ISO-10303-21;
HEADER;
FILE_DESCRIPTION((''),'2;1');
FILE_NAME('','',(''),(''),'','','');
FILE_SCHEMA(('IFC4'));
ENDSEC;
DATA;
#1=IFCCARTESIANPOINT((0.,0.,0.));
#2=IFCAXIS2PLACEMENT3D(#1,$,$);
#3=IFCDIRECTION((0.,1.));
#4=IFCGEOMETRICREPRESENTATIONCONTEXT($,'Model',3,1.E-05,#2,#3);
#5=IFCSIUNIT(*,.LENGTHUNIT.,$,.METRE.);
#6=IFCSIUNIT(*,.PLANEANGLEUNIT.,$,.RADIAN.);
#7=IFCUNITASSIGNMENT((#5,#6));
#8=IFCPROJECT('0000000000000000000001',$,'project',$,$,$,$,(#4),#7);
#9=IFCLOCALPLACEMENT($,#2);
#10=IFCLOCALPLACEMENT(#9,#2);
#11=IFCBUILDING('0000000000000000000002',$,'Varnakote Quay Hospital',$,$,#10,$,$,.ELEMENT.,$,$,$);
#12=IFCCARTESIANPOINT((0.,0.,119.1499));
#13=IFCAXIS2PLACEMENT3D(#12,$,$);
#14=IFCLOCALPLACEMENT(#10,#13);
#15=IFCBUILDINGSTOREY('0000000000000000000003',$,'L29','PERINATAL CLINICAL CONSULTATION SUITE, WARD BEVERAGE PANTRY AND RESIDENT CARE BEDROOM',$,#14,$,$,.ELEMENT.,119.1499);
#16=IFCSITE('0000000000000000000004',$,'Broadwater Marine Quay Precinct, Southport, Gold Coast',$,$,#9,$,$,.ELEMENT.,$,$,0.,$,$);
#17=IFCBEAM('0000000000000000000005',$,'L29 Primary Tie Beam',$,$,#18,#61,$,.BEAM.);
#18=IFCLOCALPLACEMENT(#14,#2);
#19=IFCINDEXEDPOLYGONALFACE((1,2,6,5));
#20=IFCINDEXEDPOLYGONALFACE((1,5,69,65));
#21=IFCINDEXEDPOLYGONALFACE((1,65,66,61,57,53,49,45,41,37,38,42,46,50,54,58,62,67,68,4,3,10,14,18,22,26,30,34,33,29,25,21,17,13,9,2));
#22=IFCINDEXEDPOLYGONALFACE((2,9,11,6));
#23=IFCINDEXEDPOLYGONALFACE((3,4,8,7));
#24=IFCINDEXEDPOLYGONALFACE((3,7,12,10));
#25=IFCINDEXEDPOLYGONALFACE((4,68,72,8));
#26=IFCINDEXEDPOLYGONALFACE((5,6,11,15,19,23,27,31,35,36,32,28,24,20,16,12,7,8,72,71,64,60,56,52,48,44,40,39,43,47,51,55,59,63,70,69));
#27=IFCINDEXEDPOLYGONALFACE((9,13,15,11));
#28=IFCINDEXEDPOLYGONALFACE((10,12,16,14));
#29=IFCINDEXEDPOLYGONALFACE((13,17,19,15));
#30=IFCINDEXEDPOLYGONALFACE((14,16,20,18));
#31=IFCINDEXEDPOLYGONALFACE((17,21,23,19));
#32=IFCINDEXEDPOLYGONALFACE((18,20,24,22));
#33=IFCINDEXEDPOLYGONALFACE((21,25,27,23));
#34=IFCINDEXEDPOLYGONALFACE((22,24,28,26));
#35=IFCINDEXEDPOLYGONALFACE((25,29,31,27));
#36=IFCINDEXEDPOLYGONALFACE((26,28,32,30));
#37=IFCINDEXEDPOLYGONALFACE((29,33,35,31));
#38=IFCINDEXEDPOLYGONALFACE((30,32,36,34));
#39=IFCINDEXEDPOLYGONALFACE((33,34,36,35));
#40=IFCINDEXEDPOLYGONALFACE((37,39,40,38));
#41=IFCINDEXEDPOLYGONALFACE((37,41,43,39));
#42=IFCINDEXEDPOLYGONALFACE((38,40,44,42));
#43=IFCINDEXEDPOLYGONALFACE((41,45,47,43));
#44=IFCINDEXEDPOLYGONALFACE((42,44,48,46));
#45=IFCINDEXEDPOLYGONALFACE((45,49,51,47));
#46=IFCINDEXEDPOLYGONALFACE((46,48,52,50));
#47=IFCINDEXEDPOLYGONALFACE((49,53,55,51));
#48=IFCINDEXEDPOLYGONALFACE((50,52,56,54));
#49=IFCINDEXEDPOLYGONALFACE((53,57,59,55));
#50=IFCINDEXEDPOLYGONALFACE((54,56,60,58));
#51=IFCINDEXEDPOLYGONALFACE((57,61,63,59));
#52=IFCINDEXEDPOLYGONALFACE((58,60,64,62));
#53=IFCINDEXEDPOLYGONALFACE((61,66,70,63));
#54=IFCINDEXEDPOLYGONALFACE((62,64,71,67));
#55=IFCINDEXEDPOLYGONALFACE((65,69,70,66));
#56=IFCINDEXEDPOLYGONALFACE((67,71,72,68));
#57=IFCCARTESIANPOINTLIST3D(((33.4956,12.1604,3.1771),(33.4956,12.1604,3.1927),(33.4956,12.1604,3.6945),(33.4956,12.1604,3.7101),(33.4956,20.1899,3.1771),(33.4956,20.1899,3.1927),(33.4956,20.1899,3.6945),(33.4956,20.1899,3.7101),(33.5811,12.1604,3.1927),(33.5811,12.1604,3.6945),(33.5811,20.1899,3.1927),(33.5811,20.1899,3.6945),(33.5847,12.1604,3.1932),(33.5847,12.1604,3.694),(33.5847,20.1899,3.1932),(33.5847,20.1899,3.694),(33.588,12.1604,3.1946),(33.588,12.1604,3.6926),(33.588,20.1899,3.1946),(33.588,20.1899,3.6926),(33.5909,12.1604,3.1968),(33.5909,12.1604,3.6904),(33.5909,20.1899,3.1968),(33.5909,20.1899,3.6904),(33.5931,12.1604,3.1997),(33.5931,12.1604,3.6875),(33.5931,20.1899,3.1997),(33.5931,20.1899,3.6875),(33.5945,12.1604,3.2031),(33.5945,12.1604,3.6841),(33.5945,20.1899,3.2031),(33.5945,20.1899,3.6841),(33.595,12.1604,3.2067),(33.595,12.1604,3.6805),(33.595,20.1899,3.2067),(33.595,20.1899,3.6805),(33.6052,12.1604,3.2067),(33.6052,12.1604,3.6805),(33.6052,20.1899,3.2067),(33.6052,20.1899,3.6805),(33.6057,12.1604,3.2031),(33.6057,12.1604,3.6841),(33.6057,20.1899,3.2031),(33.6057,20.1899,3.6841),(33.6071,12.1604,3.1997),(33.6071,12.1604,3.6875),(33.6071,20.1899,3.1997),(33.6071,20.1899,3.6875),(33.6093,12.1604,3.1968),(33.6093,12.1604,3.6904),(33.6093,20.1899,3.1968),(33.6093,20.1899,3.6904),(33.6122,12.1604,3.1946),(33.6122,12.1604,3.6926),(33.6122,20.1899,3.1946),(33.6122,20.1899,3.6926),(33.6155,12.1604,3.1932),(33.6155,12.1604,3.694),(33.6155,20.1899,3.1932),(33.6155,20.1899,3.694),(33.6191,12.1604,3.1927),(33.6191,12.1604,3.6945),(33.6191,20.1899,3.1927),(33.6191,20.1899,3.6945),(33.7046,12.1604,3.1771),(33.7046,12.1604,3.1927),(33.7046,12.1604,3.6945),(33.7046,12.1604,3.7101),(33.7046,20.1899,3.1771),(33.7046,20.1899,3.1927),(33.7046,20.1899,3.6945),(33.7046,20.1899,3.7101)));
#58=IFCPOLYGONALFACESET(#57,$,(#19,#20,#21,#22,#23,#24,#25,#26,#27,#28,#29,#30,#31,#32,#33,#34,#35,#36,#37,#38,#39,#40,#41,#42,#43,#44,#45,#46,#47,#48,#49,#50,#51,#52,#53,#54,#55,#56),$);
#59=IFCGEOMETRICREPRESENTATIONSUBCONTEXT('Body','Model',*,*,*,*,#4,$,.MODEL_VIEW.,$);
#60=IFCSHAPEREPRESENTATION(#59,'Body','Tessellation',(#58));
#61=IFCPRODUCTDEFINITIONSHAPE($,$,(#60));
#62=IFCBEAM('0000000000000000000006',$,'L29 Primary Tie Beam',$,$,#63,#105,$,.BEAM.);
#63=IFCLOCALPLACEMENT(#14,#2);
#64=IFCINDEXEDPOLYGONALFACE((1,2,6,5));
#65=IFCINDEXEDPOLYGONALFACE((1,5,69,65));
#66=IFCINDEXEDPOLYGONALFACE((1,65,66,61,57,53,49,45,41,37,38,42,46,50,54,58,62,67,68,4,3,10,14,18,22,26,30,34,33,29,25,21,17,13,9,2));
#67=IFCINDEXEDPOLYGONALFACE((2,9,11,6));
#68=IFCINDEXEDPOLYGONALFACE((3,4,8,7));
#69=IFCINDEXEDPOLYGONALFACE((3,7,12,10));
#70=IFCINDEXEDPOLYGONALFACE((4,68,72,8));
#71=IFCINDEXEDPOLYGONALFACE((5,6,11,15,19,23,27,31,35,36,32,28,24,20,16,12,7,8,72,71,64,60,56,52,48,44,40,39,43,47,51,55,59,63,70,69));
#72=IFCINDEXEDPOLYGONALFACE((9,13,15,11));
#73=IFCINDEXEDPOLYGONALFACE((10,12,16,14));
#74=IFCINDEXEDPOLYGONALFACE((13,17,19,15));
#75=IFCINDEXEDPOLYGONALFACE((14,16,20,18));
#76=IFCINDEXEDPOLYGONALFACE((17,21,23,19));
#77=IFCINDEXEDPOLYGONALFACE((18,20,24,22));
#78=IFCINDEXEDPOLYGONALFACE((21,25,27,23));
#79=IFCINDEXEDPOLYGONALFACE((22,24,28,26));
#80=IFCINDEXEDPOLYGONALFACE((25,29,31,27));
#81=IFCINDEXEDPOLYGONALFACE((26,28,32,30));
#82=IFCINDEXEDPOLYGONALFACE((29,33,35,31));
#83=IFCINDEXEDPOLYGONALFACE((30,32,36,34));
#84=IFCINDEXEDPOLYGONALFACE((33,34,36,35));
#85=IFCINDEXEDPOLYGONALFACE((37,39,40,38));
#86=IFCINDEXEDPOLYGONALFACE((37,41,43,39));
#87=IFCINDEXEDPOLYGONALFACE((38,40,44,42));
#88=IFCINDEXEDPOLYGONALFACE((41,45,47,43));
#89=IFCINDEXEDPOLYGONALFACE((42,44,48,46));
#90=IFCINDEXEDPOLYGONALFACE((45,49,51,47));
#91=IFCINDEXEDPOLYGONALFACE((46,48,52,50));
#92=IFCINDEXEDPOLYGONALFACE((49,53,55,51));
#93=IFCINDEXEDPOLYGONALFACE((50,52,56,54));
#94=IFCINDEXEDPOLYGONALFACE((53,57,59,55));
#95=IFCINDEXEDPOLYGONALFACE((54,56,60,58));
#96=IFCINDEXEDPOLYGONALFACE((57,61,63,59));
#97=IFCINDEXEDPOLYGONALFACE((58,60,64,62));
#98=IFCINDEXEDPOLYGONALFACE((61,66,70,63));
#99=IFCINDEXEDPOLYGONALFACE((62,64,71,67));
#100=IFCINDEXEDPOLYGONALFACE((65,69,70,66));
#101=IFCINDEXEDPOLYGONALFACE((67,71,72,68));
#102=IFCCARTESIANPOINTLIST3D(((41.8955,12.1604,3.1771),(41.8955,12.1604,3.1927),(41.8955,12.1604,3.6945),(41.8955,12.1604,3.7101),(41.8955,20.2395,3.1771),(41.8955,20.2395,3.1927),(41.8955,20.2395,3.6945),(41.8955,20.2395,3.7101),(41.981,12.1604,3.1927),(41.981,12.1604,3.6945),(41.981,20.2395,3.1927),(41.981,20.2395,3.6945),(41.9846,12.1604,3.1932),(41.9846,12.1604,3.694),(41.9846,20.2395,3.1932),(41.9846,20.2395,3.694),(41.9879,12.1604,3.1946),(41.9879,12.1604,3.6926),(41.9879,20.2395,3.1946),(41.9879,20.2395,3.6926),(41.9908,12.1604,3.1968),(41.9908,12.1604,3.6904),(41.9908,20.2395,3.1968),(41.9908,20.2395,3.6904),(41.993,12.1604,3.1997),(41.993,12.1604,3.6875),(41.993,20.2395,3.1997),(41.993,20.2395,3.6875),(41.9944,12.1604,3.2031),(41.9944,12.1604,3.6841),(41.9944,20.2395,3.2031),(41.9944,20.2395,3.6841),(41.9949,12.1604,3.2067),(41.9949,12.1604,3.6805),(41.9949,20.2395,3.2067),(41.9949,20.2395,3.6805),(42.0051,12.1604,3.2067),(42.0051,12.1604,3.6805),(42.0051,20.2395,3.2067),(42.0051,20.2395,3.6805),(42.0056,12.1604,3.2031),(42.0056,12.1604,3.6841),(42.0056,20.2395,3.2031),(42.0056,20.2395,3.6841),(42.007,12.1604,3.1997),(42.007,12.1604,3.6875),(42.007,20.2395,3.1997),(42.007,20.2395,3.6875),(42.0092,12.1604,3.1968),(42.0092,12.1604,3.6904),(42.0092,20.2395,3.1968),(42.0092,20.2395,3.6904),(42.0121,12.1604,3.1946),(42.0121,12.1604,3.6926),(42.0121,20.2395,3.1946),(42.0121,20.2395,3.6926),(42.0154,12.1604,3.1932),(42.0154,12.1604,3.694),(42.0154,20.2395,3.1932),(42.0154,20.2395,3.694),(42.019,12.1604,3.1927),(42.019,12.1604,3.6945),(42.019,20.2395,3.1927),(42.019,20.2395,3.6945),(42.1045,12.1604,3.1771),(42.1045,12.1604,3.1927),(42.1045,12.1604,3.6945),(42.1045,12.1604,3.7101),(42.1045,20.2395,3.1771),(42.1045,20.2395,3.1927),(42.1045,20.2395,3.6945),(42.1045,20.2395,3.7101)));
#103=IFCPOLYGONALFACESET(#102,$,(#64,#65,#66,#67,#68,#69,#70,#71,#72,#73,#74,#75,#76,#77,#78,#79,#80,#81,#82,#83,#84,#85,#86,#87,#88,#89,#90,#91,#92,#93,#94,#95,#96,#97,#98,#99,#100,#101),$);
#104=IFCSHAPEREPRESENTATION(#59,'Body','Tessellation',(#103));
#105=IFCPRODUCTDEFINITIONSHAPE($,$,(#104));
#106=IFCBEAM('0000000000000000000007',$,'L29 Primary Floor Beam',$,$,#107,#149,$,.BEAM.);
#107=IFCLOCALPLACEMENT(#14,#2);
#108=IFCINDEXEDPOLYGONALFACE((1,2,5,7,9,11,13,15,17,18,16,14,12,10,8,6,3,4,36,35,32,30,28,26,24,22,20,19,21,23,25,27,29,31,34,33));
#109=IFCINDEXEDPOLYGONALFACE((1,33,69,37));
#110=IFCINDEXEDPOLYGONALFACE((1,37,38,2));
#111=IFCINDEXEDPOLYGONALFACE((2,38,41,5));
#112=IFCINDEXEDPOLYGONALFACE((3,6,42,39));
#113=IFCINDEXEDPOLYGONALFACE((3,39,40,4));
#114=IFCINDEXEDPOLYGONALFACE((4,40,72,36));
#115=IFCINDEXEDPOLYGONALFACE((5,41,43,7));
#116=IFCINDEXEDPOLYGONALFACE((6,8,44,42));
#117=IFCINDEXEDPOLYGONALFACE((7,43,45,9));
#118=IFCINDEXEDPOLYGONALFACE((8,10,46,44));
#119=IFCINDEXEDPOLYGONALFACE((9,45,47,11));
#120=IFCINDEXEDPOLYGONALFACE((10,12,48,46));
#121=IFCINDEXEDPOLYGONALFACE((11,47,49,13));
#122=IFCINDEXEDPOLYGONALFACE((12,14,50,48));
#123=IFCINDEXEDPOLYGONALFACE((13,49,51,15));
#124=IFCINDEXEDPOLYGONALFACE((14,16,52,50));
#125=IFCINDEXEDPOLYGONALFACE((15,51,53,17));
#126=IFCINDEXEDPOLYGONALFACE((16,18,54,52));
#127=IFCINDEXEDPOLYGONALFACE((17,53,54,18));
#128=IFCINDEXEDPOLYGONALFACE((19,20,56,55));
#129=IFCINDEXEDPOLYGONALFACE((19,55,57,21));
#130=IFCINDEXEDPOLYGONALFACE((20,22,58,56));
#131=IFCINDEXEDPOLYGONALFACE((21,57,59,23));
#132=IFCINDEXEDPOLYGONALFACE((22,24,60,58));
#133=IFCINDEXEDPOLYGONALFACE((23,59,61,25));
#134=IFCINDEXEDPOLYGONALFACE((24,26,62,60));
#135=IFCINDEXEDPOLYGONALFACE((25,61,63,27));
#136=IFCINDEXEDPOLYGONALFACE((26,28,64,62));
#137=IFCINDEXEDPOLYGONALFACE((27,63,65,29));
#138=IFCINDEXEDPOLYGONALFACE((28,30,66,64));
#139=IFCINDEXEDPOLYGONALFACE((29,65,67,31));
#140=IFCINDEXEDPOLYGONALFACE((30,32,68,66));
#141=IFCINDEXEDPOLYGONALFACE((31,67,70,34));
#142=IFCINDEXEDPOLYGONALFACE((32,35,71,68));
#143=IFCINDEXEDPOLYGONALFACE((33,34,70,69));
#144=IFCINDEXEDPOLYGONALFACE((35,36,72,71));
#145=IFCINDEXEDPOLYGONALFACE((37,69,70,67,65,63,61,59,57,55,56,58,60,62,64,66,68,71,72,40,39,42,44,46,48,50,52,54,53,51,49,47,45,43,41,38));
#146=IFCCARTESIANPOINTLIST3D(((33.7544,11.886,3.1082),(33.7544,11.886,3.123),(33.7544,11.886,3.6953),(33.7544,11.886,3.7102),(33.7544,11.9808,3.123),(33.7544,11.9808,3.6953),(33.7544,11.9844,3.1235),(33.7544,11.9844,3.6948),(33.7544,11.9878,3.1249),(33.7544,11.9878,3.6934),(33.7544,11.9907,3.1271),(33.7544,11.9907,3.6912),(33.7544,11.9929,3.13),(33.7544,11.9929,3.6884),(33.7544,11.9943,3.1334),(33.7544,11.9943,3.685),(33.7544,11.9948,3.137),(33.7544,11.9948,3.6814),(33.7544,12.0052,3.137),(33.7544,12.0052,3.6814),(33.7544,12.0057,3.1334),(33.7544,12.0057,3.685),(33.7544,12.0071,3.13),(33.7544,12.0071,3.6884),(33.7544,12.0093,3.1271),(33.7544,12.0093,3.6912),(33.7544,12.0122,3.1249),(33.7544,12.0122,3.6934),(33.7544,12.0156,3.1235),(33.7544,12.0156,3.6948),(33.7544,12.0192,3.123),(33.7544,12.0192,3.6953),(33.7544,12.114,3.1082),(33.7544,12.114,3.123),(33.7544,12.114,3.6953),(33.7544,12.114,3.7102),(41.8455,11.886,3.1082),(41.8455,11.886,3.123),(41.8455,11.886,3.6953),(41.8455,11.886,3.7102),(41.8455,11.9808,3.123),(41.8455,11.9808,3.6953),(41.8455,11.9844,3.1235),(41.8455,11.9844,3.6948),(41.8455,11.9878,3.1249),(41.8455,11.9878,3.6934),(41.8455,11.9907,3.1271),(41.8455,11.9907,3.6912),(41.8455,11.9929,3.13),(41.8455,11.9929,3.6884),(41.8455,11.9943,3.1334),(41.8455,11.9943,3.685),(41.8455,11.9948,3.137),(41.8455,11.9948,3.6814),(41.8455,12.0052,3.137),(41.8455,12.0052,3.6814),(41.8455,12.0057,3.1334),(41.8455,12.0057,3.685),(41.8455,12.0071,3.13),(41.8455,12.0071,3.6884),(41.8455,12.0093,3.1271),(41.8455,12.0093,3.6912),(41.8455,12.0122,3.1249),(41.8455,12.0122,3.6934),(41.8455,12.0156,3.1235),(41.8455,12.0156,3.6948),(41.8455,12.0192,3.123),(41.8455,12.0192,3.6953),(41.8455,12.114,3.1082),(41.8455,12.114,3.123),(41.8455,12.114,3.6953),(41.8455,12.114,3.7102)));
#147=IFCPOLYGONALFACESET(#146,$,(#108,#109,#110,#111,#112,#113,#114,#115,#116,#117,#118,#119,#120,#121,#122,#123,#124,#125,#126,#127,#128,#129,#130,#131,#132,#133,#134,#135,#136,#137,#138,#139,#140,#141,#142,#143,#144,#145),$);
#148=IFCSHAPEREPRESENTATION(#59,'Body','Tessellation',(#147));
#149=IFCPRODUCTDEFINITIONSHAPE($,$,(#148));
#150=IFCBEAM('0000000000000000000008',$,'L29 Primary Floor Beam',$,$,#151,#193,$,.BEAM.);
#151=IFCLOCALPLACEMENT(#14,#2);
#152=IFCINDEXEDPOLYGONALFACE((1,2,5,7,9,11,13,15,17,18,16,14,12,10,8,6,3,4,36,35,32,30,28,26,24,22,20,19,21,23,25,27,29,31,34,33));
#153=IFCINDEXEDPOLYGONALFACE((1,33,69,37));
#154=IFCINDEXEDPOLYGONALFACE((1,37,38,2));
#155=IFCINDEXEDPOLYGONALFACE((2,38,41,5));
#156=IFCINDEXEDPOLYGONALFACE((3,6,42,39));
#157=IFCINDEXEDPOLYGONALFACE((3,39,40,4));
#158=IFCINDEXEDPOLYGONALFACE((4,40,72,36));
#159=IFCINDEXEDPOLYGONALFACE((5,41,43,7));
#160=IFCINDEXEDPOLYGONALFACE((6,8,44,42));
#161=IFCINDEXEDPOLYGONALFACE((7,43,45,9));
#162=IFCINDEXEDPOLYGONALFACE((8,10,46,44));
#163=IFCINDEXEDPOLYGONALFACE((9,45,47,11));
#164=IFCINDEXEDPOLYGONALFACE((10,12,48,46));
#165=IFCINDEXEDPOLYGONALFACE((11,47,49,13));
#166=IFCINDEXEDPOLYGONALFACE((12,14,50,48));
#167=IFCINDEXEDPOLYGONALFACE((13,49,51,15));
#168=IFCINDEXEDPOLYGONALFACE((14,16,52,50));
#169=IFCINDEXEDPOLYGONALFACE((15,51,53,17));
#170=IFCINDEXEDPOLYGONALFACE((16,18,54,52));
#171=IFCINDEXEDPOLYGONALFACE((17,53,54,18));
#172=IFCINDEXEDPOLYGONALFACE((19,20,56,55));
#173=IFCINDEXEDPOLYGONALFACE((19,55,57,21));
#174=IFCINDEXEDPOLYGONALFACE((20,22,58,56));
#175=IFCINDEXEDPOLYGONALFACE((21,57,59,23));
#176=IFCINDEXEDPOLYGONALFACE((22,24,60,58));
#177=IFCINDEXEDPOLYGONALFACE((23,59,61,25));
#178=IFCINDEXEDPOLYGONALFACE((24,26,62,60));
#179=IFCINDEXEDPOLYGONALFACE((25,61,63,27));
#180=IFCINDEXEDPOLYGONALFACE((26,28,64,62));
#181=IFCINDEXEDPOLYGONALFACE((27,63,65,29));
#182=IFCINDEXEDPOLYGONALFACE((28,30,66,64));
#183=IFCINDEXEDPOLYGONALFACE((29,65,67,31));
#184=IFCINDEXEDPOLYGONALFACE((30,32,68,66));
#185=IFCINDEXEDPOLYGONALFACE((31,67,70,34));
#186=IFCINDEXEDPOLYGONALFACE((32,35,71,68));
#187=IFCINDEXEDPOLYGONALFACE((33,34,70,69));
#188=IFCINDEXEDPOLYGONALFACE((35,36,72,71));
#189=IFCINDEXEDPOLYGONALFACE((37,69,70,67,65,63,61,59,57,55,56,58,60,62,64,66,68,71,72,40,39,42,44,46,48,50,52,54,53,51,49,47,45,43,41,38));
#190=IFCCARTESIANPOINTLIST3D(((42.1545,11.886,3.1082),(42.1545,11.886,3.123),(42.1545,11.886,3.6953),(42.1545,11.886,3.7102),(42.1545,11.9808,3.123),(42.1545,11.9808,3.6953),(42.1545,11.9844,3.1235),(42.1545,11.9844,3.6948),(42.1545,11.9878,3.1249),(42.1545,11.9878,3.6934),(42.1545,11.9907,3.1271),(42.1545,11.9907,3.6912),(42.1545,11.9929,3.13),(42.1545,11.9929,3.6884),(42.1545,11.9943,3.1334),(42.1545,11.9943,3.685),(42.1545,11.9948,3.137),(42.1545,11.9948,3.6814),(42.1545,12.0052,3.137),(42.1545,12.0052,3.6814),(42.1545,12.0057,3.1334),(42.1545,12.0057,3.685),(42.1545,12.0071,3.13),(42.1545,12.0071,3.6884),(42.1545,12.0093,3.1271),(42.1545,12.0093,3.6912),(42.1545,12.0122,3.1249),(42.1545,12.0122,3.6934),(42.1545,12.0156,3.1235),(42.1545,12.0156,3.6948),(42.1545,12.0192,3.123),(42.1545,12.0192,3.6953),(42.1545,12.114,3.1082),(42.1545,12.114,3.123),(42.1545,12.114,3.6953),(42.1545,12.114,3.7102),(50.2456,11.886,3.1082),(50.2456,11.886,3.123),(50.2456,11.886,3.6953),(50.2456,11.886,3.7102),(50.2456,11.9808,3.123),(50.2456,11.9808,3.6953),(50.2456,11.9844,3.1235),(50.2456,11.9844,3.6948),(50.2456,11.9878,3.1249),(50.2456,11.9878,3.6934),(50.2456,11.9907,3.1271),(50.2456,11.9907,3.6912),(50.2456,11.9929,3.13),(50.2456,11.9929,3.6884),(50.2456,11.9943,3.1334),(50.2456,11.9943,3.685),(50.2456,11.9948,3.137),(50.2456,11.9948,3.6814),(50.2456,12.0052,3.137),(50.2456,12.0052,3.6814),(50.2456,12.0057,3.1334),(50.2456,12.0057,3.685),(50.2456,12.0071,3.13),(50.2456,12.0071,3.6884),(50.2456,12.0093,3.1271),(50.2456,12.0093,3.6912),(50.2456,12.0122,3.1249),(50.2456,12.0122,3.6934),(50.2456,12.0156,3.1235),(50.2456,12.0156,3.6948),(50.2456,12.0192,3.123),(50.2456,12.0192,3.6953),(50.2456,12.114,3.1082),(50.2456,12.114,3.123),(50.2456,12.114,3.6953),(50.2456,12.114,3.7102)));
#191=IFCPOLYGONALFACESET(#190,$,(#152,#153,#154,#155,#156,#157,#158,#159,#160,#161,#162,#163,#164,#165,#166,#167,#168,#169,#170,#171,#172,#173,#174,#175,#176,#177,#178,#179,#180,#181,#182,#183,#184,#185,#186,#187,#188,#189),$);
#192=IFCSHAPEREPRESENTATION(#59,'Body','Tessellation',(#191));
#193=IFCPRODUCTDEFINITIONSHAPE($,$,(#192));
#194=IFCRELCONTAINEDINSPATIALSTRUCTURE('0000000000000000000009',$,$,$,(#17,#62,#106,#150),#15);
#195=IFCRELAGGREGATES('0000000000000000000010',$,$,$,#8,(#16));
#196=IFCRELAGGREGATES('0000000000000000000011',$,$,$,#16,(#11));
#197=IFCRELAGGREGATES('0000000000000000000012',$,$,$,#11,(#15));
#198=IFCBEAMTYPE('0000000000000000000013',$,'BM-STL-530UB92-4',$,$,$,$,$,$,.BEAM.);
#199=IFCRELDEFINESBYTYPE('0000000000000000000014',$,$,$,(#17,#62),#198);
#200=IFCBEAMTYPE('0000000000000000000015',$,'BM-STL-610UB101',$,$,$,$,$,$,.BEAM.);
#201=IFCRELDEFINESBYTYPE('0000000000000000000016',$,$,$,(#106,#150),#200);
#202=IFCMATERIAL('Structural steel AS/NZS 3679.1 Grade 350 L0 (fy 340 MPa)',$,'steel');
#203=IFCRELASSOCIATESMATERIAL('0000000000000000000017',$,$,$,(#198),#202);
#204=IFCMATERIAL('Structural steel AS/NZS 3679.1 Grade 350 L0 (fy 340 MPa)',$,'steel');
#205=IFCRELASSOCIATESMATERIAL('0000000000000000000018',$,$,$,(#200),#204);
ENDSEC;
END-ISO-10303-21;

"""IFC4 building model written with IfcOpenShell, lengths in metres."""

from ifc_helpers import new_model, si_unit, direction, frame, origin, origin_2d, place, context, subcontext, project, spatial, i_section, extrude, material, material_profile, profile_set, type_object, element, save


model = new_model("IFC4")

# Units and contexts
model_context = context("Model", 3, precision=1e-05, world=origin(), true_north=direction((0.0, 1.0)))
body_context = subcontext(model_context, "Body", "Model", "MODEL_VIEW")
ifc_project = project(units=[si_unit("LENGTHUNIT", "METRE"), si_unit("PLANEANGLEUNIT", "RADIAN")], contexts=[model_context])

# Site, building, storey
site_placement = place(None, origin())
site = spatial("IfcSite", under=ifc_project, at=site_placement, Name="Broadwater Marine Quay Precinct, Southport, Gold Coast", CompositionType="ELEMENT", RefElevation=0.0)
building_placement = place(site_placement, origin())
building = spatial("IfcBuilding", under=site, at=building_placement, Name="Varnakote Quay Hospital", CompositionType="ELEMENT")
storey_placement = place(building_placement, frame((0.0, 0.0, 119.1499)))
storey = spatial("IfcBuildingStorey", under=building, at=storey_placement, Name="L29", Description="PERINATAL CLINICAL CONSULTATION SUITE, WARD BEVERAGE PANTRY AND RESIDENT CARE BEDROOM", CompositionType="ELEMENT", Elevation=119.1499)

# Beams
ifc_material_1 = material(Name="Structural steel AS/NZS 3679.1 Grade 350 L0 (fy 340 MPa)", Category="steel")
ifc_material_profile_1 = material_profile(ifc_material_1, i_section(OverallWidth=0.209, OverallDepth=0.533, WebThickness=0.0103, FlangeThickness=0.0156, FilletRadius=0.0139, at=origin_2d()), Name="530UB92.4")
ifc_profile_set_1 = profile_set([ifc_material_profile_1], Name="Structural steel AS/NZS 3679.1 Grade 350 L0 (fy 340 MPa)")
beam_type_1 = type_object("IfcBeamType", Name="BM-STL-530UB92-4", PredefinedType="BEAM", material=ifc_profile_set_1)
beam_1_placement = place(storey_placement, frame((33.6001, 12.1604, 3.4436), z_axis=(0.0, 1.0, 0.0), x_axis=(-1.0, 0.0, 0.0)))
element("IfcBeam", 1, at=beam_1_placement, inside=storey, type_object=beam_type_1, Name="L29 Primary Tie Beam", PredefinedType="BEAM", context=body_context, shape_type="SweptSolid", body=[
    extrude(i_section(OverallWidth=0.209, OverallDepth=0.533, WebThickness=0.0103, FlangeThickness=0.0156, FilletRadius=0.0139, at=origin_2d()), origin(), (0.0, 0.0, 1.0), 8.0295),
])
beam_2_placement = place(storey_placement, frame((42.0, 12.1604, 3.4436), z_axis=(0.0, 1.0, 0.0), x_axis=(-1.0, 0.0, 0.0)))
element("IfcBeam", 2, at=beam_2_placement, inside=storey, type_object=beam_type_1, Name="L29 Primary Tie Beam", PredefinedType="BEAM", context=body_context, shape_type="SweptSolid", body=[
    extrude(i_section(OverallWidth=0.209, OverallDepth=0.533, WebThickness=0.0103, FlangeThickness=0.0156, FilletRadius=0.0139, at=origin_2d()), origin(), (0.0, 0.0, 1.0), 8.0791),
])
ifc_material_2 = material(Name="Structural steel AS/NZS 3679.1 Grade 350 L0 (fy 340 MPa)", Category="steel")
ifc_material_profile_2 = material_profile(ifc_material_2, i_section(OverallWidth=0.228, OverallDepth=0.6021, WebThickness=0.0105, FlangeThickness=0.0149, FilletRadius=0.0139, at=origin_2d()), Name="610UB101")
ifc_profile_set_2 = profile_set([ifc_material_profile_2], Name="Structural steel AS/NZS 3679.1 Grade 350 L0 (fy 340 MPa)")
beam_type_2 = type_object("IfcBeamType", Name="BM-STL-610UB101", PredefinedType="BEAM", material=ifc_profile_set_2)
for number, where, z_axis, x_axis, name in (
    (3, (33.7544, 12.0, 3.4092), (1.0, 0.0, 0.0), (0.0, 1.0, 0.0), "L29 Primary Floor Beam"),
    (4, (42.1545, 12.0, 3.4092), (1.0, 0.0, 0.0), (0.0, 1.0, 0.0), "L29 Primary Floor Beam"),
):
    element("IfcBeam", number, at=place(storey_placement, frame(where, z_axis=z_axis, x_axis=x_axis)), inside=storey, type_object=beam_type_2, Name=name, PredefinedType="BEAM", context=body_context, shape_type="SweptSolid", body=[
        extrude(i_section(OverallWidth=0.228, OverallDepth=0.6021, WebThickness=0.0105, FlangeThickness=0.0149, FilletRadius=0.0139, at=origin_2d()), origin(), (0.0, 0.0, 1.0), 8.0911),
    ])

save(model, "model.ifc")
